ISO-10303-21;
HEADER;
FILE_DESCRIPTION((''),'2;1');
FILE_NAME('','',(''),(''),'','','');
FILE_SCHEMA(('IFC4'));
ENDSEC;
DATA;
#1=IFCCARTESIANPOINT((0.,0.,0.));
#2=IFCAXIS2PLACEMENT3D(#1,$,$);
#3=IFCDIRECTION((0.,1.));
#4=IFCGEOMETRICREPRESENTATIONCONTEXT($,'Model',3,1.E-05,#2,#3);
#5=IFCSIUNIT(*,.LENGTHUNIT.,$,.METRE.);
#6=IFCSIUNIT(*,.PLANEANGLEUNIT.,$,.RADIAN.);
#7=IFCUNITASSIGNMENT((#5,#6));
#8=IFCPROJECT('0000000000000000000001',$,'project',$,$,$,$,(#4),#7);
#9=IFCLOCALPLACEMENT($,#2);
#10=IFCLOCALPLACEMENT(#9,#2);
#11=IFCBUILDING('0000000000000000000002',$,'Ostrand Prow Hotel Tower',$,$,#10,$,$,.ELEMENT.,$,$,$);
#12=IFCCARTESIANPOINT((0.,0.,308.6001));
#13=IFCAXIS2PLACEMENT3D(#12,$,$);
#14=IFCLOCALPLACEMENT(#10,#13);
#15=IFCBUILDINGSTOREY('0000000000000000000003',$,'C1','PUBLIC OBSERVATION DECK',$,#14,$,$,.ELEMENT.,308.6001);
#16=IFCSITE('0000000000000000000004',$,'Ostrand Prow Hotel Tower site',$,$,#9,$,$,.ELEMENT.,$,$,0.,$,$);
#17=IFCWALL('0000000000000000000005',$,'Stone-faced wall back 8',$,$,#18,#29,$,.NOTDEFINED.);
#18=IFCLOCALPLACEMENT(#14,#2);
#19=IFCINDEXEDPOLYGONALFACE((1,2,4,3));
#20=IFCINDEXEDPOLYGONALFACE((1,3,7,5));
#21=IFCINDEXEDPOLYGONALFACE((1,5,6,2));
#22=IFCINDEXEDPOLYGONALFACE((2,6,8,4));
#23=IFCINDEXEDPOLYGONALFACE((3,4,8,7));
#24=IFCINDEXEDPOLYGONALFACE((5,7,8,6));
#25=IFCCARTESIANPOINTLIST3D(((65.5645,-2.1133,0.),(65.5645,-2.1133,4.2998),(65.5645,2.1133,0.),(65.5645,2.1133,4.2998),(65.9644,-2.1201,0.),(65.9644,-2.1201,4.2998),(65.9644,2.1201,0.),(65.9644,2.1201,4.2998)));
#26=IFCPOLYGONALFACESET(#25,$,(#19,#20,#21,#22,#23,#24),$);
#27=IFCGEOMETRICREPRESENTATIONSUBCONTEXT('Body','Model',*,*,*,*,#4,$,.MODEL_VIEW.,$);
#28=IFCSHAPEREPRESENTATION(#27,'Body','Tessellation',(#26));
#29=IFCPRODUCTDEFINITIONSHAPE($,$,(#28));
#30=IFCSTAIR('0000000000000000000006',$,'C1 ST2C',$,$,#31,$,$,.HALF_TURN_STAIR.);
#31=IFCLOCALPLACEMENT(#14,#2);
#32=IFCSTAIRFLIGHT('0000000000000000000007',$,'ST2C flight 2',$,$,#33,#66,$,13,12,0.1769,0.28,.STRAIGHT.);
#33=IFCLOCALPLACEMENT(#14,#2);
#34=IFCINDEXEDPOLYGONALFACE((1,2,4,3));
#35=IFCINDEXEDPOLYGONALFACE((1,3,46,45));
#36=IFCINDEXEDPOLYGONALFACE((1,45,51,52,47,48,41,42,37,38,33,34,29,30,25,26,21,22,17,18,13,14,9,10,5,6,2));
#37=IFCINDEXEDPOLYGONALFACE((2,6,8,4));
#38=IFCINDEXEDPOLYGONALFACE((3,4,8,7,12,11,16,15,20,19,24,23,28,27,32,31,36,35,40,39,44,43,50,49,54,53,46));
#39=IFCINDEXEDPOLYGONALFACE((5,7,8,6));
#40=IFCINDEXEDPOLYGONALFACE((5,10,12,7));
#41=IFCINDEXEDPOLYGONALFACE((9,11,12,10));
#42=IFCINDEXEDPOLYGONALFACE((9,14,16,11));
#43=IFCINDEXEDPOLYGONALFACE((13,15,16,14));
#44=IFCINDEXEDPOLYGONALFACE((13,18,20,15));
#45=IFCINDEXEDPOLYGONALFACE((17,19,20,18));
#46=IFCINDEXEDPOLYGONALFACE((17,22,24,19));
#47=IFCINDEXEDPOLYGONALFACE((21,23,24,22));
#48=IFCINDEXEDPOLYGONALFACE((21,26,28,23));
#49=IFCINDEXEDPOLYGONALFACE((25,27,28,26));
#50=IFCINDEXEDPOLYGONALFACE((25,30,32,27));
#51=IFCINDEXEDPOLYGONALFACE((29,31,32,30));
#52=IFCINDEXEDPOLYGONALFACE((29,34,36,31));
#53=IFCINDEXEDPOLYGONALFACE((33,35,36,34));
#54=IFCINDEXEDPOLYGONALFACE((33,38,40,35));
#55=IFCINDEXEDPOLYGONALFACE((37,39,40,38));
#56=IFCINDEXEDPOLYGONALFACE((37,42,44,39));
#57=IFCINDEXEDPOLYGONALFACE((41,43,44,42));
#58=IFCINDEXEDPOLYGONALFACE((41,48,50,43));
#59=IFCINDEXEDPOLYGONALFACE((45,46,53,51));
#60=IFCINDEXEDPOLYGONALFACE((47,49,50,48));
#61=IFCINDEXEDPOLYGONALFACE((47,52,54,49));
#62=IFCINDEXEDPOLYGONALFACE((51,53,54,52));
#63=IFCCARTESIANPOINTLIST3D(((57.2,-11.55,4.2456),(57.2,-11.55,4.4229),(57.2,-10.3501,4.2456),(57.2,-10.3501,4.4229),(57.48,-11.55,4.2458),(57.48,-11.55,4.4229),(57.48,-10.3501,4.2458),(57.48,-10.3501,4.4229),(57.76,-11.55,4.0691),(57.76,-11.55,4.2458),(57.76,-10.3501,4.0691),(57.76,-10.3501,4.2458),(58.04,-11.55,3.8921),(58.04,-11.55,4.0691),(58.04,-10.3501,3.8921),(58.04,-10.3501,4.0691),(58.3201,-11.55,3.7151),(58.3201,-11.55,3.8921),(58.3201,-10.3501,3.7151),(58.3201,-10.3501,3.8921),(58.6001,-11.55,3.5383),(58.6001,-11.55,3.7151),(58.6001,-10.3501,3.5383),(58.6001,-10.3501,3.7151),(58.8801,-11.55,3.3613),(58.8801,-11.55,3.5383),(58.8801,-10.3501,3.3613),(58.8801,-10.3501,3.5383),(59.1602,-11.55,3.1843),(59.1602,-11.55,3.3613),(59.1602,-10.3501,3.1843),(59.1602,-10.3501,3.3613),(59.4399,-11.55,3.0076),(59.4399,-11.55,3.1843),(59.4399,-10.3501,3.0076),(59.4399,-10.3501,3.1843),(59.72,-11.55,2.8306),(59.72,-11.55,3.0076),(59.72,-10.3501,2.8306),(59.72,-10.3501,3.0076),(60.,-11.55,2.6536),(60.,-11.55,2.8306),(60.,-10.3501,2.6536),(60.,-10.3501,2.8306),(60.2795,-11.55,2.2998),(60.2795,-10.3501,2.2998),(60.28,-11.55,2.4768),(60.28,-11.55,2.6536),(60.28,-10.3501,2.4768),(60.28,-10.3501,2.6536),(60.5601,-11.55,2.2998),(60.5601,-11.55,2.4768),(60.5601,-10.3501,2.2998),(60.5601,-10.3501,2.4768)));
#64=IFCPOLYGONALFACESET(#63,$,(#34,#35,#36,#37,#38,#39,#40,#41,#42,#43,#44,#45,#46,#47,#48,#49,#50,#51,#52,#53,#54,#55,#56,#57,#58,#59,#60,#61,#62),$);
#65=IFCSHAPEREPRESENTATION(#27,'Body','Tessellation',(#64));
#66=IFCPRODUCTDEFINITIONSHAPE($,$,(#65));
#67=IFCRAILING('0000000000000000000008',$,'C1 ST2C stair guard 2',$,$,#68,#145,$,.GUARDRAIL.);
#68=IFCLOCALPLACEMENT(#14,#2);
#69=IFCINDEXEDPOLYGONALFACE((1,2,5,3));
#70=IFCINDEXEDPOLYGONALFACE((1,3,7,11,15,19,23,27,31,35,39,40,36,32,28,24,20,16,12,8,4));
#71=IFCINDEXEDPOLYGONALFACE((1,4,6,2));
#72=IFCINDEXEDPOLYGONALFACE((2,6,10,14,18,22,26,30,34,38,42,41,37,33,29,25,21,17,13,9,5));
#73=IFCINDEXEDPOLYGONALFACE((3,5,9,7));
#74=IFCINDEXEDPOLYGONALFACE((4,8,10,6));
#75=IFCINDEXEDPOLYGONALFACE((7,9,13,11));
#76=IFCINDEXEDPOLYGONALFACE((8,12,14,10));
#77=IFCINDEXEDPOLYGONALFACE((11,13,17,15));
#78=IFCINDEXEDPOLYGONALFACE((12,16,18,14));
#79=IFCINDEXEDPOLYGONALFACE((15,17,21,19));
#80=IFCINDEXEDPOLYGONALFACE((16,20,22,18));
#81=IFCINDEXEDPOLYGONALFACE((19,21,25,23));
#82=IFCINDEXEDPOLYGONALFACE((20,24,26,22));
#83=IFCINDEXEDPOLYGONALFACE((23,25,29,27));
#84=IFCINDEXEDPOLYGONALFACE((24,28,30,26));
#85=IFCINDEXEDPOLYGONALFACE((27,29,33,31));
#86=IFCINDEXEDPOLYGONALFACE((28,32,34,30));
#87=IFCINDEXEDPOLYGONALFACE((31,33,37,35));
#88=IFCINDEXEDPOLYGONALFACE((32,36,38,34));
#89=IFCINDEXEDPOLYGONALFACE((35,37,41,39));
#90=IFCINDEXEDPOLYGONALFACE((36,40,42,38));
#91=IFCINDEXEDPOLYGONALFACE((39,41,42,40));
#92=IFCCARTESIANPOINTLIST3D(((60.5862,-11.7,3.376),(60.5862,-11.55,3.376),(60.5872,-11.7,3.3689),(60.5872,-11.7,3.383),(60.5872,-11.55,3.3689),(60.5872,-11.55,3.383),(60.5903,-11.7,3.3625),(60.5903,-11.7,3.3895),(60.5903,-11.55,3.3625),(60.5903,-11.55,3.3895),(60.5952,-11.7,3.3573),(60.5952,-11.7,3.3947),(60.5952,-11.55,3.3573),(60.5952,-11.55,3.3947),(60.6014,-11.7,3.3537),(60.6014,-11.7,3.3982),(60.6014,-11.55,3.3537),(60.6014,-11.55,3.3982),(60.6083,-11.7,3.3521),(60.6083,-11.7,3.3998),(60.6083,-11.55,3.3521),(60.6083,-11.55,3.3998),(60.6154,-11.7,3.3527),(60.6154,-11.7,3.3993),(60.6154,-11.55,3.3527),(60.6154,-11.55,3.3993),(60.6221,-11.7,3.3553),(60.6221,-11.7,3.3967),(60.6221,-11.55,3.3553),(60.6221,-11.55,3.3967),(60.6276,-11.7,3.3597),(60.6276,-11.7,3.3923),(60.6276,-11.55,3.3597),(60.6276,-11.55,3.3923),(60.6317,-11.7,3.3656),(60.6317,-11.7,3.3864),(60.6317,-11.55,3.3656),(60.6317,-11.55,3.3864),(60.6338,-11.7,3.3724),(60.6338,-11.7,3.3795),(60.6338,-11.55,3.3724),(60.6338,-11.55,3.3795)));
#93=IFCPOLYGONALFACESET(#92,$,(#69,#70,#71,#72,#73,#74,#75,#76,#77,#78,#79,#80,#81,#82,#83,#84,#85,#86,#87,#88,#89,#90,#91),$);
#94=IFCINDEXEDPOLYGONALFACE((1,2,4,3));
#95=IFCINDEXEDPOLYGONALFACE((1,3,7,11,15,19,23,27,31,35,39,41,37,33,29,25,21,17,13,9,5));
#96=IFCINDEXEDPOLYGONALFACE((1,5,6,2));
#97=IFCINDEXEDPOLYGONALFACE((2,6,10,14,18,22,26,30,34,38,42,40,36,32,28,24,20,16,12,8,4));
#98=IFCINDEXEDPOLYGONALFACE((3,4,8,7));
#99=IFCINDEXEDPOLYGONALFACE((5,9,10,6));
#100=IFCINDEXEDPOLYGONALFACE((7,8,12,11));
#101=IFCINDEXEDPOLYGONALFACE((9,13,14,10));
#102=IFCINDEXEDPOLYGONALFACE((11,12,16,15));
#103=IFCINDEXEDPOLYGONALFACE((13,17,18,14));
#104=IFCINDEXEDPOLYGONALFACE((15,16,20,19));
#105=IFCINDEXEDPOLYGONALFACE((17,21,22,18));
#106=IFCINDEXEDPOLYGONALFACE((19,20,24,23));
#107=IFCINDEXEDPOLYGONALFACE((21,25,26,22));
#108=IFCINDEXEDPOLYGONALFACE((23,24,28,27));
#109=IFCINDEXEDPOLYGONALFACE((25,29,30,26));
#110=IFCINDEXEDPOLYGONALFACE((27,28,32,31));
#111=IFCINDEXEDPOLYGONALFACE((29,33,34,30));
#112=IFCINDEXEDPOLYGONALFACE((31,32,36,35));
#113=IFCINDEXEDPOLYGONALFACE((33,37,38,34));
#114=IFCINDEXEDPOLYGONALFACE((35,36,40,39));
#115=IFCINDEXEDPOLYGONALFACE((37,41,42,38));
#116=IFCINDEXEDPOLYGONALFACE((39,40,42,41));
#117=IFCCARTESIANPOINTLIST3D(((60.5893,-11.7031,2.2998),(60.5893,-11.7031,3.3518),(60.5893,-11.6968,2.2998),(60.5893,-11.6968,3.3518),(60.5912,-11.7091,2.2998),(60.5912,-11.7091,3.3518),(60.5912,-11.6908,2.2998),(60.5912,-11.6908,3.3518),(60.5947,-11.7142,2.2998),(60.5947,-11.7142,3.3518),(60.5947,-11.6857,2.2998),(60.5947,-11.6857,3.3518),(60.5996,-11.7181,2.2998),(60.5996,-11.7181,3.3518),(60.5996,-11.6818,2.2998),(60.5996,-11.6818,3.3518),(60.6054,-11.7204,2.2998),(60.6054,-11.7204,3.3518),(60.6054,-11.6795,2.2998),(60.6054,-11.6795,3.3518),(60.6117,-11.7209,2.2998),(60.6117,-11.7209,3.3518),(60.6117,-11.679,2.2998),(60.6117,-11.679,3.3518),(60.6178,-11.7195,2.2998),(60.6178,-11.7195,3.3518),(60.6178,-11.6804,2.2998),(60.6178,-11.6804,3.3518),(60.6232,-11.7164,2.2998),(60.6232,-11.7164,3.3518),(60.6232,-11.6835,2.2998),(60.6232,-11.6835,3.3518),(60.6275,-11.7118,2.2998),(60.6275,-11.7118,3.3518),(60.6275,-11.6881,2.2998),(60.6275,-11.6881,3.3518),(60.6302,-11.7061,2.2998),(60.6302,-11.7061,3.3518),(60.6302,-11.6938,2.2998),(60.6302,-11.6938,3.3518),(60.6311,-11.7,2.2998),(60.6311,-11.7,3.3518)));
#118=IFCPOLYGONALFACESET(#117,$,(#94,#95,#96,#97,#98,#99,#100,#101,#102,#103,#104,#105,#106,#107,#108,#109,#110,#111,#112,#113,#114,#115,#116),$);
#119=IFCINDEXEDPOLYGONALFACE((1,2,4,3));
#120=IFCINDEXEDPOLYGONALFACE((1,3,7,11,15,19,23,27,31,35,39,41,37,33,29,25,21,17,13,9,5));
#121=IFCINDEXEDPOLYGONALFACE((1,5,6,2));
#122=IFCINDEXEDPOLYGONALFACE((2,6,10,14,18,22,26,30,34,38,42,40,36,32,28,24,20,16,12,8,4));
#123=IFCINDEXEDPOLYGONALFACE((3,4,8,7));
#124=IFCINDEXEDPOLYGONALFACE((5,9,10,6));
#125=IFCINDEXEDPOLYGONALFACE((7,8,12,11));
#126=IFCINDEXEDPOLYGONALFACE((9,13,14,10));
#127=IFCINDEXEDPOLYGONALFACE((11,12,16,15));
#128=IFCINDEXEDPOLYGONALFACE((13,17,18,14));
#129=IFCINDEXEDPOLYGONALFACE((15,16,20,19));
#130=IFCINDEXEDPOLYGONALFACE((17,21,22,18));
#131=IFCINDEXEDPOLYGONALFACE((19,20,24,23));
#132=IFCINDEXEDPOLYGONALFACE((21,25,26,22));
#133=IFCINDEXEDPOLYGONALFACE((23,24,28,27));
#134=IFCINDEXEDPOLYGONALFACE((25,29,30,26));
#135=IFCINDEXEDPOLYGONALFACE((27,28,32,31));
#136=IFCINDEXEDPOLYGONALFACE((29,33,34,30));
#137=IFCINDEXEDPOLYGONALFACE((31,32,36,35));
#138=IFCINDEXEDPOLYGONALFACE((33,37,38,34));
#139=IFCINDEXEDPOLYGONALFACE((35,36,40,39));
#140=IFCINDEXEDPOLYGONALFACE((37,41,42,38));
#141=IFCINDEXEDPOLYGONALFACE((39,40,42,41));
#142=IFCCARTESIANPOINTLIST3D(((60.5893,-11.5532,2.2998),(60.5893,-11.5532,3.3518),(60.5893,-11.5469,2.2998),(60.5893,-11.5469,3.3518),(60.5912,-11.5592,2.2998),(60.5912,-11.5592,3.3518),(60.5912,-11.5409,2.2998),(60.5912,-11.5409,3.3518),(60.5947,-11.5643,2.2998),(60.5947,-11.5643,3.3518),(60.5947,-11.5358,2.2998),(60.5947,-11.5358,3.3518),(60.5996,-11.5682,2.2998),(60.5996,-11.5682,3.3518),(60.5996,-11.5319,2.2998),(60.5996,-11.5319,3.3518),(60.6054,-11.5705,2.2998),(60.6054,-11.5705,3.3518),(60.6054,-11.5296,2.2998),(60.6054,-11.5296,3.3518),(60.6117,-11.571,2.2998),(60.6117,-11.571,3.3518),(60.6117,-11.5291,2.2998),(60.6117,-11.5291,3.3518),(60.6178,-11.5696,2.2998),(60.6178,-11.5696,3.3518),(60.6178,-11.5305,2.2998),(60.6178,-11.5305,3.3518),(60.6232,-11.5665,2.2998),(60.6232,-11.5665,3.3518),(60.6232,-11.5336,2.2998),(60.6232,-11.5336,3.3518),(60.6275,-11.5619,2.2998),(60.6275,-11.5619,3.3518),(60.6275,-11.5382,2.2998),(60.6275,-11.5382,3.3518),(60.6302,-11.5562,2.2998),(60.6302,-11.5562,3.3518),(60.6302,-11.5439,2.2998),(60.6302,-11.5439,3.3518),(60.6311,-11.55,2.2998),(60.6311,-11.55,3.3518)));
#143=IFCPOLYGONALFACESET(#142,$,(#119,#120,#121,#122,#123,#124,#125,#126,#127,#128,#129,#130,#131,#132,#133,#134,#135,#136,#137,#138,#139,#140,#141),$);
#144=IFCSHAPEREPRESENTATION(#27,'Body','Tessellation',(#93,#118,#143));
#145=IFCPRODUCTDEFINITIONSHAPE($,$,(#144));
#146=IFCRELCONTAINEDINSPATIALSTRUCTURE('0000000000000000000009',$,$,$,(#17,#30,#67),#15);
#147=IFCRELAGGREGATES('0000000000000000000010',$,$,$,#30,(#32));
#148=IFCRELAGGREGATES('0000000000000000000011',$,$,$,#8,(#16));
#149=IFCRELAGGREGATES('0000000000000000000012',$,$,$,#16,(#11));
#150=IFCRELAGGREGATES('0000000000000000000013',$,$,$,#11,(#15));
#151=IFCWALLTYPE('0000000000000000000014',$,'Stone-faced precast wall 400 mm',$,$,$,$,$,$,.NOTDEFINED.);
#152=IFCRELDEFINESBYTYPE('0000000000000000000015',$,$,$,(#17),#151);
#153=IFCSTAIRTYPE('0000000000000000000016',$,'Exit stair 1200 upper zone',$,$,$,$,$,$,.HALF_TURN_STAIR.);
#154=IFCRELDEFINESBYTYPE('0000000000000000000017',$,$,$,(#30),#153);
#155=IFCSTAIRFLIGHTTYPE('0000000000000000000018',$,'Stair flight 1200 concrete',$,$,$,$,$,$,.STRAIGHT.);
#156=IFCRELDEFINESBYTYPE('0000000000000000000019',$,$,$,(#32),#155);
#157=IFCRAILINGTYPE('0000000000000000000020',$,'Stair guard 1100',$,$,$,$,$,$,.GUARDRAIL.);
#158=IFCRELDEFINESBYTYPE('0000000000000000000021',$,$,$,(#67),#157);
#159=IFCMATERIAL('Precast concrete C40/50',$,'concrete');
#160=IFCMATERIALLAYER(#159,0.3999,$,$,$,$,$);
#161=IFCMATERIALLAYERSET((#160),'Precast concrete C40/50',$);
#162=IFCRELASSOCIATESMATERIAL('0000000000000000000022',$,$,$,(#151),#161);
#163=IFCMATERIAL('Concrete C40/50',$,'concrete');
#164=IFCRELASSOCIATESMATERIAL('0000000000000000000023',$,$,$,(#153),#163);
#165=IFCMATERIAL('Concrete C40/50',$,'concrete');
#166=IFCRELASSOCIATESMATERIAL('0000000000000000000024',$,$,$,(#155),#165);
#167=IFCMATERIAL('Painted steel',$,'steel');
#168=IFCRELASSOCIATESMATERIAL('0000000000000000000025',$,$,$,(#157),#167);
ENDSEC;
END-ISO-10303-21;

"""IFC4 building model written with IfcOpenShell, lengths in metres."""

from ifc_helpers import new_model, si_unit, direction, frame, origin, origin_2d, place, context, subcontext, project, spatial, polyline, circle, outline, extrude, material, layer, layer_set, type_object, element, aggregate, save


model = new_model("IFC4")

# Units and contexts
model_context = context("Model", 3, precision=1e-05, world=origin(), true_north=direction((0.0, 1.0)))
body_context = subcontext(model_context, "Body", "Model", "MODEL_VIEW")
ifc_project = project(units=[si_unit("LENGTHUNIT", "METRE"), si_unit("PLANEANGLEUNIT", "RADIAN")], contexts=[model_context])

# Site, building, storey
site_placement = place(None, origin())
site = spatial("IfcSite", under=ifc_project, at=site_placement, Name="Ostrand Prow Hotel Tower site", CompositionType="ELEMENT", RefElevation=0.0)
building_placement = place(site_placement, origin())
building = spatial("IfcBuilding", under=site, at=building_placement, Name="Ostrand Prow Hotel Tower", CompositionType="ELEMENT")
storey_placement = place(building_placement, frame((0.0, 0.0, 308.6001)))
storey = spatial("IfcBuildingStorey", under=building, at=storey_placement, Name="C1", Description="PUBLIC OBSERVATION DECK", CompositionType="ELEMENT", Elevation=308.6001)

# Shared definitions
ifc_material_1 = material(Name="Precast concrete C40/50", Category="concrete")
ifc_layer_1 = layer(ifc_material_1, 0.3999)
ifc_layer_set_1 = layer_set([ifc_layer_1], Name="Precast concrete C40/50")
wall_type_1 = type_object("IfcWallType", Name="Stone-faced precast wall 400 mm", PredefinedType="NOTDEFINED", material=ifc_layer_set_1)

# Wall
wall_1_placement = place(storey_placement, frame((65.7644, -2.1167, 0.0), z_axis=(0.0, 0.0, 1.0), x_axis=(0.0, 1.0, 0.0)))
element("IfcWall", 1, at=wall_1_placement, inside=storey, type_object=wall_type_1, Name="Stone-faced wall back 8", PredefinedType="NOTDEFINED", context=body_context, shape_type="SweptSolid", body=[
    extrude(outline(polyline([(-0.0034, -0.2), (4.2368, -0.2), (4.23, 0.2), (0.0034, 0.2), (-0.0034, -0.2)])), origin(), (0.0, 0.0, 1.0), 4.2998),
])

# Stair, stair flight
ifc_material_2 = material(Name="Concrete C40/50", Category="concrete")
stair_type = type_object("IfcStairType", Name="Exit stair 1200 upper zone", PredefinedType="HALF_TURN_STAIR", material=ifc_material_2)
stair_placement = place(storey_placement, origin())
stair = element("IfcStair", 2, at=stair_placement, inside=storey, type_object=stair_type, Name="C1 ST2C", PredefinedType="HALF_TURN_STAIR")
ifc_material_3 = material(Name="Concrete C40/50", Category="concrete")
stair_flight_type = type_object("IfcStairFlightType", Name="Stair flight 1200 concrete", PredefinedType="STRAIGHT", material=ifc_material_3)
stair_flight_placement = place(storey_placement, frame((60.5601, -10.95, 2.2998), z_axis=(0.0, 0.0, 1.0), x_axis=(-1.0, 0.0, 0.0)))
stair_flight = element("IfcStairFlight", 3, at=stair_flight_placement, type_object=stair_flight_type, Name="ST2C flight 2", NumberOfRisers=13, NumberOfTreads=12, PredefinedType="STRAIGHT", RiserHeight=0.1769, TreadLength=0.28, context=body_context, shape_type="SweptSolid", body=[
    extrude(outline(polyline([(0.0, 0.0), (0.0, 0.177), (0.28, 0.177), (0.28, 0.3538), (0.5601, 0.3538), (0.5601, 0.5308), (0.8401, 0.5308), (0.8401, 0.7078), (1.1201, 0.7078), (1.1201, 0.8845), (1.3999, 0.8845), (1.3999, 1.0615), (1.6799, 1.0615), (1.6799, 1.2385), (1.96, 1.2385), (1.96, 1.4153), (2.24, 1.4153), (2.24, 1.5923), (2.52, 1.5923), (2.52, 1.7693), (2.8, 1.7693), (2.8, 1.946), (3.0801, 1.946), (3.0801, 2.123), (3.3601, 2.123), (3.3601, 2.3), (3.3601, 1.9458), (0.2805, 0.0), (0.0, 0.0)])), frame((0.0, 0.6001, 0.0), z_axis=(0.0, -1.0, 0.0), x_axis=(1.0, 0.0, 0.0)), (0.0, 0.0, 1.0), 1.2),
])
aggregate(stair, [stair_flight])

# Railing
ifc_material_4 = material(Name="Painted steel", Category="steel")
railing_type_1 = type_object("IfcRailingType", Name="Stair guard 1100", PredefinedType="GUARDRAIL", material=ifc_material_4)
railing_1_placement = place(storey_placement, frame((60.6101, -11.7, 2.2998)))
element("IfcRailing", 4, at=railing_1_placement, inside=storey, type_object=railing_type_1, Name="C1 ST2C stair guard 2", PredefinedType="GUARDRAIL", context=body_context, shape_type="SweptSolid", body=[
    extrude(circle(Radius=0.0239, at=origin_2d()), frame((0.0, 0.0, 1.0762), z_axis=(0.0, 1.0, 0.0), x_axis=(-1.0, 0.0, 0.0)), (0.0, 0.0, 1.0), 0.1499),
    extrude(circle(Radius=0.021, at=origin_2d()), origin(), (0.0, 0.0, 1.0), 1.052),
    extrude(circle(Radius=0.021, at=origin_2d()), frame((0.0, 0.1499, 0.0)), (0.0, 0.0, 1.0), 1.052),
])

save(model, "model.ifc")
